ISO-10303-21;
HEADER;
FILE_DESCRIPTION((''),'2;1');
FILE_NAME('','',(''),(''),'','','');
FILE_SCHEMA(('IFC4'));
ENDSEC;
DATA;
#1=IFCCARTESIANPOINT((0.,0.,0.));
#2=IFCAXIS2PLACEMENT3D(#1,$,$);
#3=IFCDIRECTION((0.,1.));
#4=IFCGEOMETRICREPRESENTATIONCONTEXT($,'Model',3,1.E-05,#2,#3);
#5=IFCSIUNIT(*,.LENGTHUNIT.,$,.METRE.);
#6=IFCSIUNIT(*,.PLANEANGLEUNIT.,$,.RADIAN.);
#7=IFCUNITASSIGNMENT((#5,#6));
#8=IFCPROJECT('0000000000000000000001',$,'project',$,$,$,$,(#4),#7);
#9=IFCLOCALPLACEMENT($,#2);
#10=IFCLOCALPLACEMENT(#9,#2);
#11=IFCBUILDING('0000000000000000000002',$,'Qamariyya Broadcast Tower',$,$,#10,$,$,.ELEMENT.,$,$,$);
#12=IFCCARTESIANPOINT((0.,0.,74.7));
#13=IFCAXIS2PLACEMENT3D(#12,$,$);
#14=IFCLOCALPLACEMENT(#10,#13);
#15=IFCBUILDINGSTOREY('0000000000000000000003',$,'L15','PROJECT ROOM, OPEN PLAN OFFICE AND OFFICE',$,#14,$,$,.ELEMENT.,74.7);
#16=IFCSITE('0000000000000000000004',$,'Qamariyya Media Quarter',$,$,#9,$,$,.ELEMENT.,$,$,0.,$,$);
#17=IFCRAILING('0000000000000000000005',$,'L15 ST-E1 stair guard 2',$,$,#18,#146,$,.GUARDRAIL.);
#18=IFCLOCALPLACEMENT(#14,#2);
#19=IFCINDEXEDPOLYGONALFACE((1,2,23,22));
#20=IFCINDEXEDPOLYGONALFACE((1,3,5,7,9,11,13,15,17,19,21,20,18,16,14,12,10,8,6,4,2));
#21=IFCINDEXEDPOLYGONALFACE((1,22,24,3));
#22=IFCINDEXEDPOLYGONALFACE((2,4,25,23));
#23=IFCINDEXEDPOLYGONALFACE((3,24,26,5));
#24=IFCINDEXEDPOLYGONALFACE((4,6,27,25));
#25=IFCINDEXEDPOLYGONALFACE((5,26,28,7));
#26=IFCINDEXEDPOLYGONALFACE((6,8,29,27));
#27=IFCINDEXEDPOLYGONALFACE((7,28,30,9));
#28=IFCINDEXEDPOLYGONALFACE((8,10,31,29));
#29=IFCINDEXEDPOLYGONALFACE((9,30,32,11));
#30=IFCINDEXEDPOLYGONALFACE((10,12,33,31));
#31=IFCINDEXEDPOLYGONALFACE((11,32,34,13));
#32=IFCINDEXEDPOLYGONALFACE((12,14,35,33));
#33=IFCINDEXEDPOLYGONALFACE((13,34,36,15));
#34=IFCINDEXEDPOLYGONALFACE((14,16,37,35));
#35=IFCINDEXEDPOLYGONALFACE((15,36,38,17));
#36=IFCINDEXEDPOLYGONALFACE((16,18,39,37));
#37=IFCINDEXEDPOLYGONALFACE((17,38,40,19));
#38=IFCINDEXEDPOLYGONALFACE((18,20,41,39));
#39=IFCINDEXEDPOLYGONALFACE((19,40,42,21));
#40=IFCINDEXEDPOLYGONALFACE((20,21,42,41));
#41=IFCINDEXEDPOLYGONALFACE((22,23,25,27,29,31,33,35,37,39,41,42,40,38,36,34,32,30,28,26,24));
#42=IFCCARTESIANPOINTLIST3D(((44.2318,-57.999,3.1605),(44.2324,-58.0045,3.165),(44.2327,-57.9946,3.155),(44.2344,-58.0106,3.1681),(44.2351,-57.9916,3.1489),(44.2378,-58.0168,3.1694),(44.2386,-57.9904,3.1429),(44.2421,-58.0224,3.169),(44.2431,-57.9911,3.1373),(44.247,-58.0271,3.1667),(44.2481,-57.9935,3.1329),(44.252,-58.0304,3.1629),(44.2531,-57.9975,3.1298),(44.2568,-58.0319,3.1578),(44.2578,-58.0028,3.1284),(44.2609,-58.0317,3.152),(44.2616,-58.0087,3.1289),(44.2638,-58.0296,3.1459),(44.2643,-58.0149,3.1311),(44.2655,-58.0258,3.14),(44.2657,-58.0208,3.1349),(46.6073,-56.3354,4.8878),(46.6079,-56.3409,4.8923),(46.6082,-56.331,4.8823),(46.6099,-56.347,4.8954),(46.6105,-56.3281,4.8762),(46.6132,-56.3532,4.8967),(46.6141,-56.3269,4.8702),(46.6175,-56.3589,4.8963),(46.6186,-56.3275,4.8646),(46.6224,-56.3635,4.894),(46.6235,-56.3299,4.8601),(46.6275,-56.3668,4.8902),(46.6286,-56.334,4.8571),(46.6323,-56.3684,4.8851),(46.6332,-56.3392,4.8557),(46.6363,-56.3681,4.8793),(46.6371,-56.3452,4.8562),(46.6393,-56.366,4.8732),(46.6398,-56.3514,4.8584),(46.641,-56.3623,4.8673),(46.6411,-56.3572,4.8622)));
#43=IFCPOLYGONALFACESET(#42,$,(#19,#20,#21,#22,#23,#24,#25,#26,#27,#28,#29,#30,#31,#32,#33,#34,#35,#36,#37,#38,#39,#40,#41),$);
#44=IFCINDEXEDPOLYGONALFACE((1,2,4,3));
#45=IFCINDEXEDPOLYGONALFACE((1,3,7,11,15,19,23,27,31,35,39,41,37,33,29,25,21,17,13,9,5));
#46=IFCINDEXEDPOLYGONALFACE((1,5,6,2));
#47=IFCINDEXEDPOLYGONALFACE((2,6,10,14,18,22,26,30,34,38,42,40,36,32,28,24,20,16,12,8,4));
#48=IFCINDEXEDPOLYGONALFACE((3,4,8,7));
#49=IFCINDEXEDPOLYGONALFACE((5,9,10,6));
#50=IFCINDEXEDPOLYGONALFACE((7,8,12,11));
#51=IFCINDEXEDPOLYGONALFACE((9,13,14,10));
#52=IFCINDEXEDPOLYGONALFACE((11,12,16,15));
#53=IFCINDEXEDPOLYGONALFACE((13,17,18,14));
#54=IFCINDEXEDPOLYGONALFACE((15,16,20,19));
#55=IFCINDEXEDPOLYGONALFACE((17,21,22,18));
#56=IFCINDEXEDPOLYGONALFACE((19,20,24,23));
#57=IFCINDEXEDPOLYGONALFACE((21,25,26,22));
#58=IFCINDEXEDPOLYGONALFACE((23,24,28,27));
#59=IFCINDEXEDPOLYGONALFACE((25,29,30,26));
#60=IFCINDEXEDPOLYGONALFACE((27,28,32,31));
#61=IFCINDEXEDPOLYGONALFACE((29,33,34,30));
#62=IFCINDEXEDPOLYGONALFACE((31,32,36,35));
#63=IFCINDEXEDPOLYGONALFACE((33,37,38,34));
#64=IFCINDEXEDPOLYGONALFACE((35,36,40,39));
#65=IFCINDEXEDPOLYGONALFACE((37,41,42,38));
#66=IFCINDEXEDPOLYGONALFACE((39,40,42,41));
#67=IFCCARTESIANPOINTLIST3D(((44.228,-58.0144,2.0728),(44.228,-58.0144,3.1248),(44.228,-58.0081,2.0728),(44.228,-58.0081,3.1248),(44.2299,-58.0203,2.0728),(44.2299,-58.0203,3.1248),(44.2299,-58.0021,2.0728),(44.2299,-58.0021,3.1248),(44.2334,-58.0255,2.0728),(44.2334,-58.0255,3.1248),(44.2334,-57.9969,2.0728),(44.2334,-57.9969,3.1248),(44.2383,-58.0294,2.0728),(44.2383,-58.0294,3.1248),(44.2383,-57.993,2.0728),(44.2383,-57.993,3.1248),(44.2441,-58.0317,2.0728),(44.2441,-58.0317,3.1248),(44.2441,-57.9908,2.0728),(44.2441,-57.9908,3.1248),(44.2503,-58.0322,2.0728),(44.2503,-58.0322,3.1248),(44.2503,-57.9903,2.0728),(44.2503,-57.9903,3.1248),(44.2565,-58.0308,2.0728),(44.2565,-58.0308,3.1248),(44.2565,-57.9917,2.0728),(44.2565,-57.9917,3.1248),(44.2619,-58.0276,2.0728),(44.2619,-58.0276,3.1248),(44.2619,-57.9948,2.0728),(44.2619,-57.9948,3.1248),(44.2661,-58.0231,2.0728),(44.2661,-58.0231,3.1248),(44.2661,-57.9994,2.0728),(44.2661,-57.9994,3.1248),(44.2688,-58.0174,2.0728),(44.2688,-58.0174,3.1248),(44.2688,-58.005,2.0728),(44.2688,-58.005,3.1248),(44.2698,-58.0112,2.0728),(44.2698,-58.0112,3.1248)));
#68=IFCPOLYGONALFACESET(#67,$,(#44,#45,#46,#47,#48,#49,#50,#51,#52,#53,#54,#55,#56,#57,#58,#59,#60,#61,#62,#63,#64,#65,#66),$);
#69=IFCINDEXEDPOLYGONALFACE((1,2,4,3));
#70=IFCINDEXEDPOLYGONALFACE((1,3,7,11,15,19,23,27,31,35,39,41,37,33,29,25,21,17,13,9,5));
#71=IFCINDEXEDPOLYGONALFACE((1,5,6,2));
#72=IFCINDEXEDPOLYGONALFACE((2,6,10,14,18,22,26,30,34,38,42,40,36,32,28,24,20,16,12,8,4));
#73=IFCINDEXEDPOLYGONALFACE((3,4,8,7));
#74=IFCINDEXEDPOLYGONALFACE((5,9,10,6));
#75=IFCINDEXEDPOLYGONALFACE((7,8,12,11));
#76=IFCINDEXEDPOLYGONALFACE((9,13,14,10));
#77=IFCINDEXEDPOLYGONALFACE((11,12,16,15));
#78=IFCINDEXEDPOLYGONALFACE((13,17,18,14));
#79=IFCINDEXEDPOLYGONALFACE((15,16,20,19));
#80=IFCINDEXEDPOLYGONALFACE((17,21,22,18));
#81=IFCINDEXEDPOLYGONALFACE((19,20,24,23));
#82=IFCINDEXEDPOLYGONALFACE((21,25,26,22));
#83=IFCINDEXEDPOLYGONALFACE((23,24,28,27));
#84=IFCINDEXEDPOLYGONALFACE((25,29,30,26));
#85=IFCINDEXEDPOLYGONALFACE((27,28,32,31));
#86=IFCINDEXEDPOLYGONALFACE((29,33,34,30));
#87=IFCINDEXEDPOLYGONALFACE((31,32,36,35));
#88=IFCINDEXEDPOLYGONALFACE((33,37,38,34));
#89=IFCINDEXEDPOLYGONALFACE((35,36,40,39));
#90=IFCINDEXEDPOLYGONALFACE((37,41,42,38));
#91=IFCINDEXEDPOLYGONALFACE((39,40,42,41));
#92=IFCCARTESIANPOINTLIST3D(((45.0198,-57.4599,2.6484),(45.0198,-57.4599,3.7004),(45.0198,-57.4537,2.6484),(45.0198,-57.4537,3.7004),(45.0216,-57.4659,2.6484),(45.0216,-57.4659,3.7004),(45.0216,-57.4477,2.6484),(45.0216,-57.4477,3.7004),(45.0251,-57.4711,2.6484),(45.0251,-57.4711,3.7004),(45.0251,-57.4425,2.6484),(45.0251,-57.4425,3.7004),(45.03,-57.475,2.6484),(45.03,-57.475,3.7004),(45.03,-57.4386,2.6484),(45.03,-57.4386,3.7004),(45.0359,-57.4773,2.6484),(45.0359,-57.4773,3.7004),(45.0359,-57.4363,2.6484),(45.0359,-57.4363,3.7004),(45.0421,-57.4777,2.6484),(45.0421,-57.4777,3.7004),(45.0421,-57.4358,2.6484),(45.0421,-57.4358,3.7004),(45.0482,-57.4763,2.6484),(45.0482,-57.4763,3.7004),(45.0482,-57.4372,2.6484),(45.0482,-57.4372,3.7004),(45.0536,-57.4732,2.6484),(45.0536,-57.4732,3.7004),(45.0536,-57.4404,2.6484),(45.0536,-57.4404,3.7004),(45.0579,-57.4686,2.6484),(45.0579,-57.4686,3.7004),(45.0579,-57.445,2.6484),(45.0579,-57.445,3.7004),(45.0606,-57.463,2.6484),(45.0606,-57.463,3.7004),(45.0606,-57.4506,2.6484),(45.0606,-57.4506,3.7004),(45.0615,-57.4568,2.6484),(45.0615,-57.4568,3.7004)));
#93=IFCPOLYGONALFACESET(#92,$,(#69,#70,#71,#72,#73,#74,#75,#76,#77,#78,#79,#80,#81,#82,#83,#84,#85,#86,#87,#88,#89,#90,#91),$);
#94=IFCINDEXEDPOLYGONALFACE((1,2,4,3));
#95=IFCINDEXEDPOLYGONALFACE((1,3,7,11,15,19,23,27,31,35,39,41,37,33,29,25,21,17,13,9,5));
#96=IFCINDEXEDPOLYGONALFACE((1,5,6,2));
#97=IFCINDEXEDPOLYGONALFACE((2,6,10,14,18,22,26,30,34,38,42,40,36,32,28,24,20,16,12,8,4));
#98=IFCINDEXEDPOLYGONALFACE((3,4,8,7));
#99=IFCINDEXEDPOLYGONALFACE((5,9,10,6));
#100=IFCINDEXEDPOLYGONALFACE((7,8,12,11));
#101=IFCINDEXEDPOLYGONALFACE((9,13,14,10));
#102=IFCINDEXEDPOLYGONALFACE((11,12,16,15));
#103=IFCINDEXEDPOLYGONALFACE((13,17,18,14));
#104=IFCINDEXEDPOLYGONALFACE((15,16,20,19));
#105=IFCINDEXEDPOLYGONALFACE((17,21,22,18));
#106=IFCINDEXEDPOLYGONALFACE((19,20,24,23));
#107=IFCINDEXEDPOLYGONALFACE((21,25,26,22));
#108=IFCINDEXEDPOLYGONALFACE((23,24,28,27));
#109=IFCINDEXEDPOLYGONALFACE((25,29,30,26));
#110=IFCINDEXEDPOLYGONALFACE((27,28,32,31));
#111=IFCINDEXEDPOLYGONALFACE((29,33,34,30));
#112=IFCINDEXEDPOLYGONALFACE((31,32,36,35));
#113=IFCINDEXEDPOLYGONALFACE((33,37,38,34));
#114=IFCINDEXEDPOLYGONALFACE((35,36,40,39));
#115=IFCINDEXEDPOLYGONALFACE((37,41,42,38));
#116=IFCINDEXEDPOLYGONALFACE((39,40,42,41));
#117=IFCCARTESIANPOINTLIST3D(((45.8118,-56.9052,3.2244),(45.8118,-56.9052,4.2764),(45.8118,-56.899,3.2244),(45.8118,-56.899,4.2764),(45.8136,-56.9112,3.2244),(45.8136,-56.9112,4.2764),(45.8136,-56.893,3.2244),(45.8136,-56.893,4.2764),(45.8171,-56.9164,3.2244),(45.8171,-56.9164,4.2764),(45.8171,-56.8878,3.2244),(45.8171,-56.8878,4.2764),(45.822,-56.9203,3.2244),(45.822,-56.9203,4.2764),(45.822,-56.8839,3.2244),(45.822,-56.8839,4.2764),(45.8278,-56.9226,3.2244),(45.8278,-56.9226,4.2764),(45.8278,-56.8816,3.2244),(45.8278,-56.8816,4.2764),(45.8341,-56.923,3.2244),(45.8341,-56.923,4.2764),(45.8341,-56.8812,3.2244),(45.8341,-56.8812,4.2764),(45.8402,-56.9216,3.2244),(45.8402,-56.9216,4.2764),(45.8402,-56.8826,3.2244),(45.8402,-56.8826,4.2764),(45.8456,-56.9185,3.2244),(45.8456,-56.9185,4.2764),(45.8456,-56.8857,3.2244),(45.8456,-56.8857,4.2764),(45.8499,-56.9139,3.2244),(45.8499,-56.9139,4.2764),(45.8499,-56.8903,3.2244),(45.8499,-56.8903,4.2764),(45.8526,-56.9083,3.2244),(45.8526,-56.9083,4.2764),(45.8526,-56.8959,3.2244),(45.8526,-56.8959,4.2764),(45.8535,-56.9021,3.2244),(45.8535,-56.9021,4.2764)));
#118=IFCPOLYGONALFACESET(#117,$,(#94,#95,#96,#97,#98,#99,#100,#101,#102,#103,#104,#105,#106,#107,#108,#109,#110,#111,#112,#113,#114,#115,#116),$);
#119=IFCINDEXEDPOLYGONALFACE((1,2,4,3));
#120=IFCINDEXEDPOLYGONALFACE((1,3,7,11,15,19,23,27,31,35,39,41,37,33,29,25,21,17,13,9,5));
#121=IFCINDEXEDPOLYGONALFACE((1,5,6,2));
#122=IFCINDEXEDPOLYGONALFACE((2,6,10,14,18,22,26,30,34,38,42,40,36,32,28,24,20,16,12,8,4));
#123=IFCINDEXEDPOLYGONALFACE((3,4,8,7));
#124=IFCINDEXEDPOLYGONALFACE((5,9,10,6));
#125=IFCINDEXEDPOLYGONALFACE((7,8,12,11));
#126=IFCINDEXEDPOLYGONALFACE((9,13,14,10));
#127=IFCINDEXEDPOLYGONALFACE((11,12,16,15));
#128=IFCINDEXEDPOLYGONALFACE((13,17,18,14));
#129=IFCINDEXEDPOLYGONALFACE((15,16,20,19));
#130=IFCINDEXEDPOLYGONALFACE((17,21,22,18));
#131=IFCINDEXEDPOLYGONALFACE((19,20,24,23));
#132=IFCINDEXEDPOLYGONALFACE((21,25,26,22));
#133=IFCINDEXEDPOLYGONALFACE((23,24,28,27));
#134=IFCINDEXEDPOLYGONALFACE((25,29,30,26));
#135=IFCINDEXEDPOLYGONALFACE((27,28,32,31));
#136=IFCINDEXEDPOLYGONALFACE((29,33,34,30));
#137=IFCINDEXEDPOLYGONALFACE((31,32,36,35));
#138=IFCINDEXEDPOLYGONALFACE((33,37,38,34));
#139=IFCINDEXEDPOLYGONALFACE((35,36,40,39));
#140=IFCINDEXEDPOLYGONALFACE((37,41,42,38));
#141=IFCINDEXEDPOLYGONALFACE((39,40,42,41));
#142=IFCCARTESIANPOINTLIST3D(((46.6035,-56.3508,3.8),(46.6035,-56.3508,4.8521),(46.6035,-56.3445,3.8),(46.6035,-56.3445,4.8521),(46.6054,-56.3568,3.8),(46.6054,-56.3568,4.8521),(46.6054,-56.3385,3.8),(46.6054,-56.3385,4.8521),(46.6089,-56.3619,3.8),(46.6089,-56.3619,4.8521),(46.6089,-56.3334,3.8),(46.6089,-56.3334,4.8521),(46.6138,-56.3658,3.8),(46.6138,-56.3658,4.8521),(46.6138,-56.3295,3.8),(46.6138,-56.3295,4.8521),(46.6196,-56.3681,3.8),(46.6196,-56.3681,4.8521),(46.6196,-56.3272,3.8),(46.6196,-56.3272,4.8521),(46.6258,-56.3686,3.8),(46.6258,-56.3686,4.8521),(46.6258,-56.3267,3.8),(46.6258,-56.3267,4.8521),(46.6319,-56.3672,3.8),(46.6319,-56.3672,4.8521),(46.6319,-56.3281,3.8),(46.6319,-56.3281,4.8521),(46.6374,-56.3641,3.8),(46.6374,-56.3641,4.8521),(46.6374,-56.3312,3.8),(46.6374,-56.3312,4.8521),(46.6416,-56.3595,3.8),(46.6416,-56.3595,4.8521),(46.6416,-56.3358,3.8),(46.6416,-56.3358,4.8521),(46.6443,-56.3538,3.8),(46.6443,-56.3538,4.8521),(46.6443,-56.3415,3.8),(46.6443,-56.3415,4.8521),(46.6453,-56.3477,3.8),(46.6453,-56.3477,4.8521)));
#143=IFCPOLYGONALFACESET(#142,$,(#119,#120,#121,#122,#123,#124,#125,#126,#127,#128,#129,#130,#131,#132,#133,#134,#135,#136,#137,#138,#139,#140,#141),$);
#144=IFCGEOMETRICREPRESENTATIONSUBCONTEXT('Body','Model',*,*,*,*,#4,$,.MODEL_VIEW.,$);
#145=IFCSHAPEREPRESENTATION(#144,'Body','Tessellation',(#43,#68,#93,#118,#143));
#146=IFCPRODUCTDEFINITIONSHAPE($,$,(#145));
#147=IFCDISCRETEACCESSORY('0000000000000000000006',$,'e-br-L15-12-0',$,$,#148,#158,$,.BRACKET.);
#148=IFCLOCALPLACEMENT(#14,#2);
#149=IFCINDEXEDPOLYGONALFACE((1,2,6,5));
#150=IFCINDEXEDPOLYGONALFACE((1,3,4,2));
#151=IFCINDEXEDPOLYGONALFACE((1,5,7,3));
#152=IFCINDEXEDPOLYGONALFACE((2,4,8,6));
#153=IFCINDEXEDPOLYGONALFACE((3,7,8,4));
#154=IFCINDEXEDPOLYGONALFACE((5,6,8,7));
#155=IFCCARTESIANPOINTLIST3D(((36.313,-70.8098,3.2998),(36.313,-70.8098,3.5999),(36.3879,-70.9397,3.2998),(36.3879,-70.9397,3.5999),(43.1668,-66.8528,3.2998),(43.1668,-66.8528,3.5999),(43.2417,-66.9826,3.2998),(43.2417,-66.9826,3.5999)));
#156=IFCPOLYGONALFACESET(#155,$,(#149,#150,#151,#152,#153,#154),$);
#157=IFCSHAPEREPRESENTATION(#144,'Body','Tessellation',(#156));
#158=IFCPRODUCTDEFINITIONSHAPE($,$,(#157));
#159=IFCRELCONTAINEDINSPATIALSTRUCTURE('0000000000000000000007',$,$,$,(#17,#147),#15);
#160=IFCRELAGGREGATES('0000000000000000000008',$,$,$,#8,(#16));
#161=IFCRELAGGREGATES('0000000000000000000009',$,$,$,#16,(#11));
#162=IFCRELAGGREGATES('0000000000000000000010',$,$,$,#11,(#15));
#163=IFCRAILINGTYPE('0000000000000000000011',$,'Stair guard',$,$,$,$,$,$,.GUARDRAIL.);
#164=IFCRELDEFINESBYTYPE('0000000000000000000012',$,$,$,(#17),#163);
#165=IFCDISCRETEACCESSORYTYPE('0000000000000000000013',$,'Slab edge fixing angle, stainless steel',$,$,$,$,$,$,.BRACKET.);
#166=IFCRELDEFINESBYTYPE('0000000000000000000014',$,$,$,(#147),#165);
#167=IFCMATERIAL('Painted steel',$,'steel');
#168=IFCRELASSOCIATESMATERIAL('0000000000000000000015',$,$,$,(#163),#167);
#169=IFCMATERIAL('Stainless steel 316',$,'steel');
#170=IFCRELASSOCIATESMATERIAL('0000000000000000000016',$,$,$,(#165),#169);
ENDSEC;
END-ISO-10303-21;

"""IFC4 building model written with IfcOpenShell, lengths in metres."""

from ifc_helpers import new_model, si_unit, direction, frame, origin, origin_2d, place, context, subcontext, project, spatial, rectangle, circle, extrude, material, type_object, element, save


model = new_model("IFC4")

# Units and contexts
model_context = context("Model", 3, precision=1e-05, world=origin(), true_north=direction((0.0, 1.0)))
body_context = subcontext(model_context, "Body", "Model", "MODEL_VIEW")
ifc_project = project(units=[si_unit("LENGTHUNIT", "METRE"), si_unit("PLANEANGLEUNIT", "RADIAN")], contexts=[model_context])

# Site, building, storey
site_placement = place(None, origin())
site = spatial("IfcSite", under=ifc_project, at=site_placement, Name="Qamariyya Media Quarter", CompositionType="ELEMENT", RefElevation=0.0)
building_placement = place(site_placement, origin())
building = spatial("IfcBuilding", under=site, at=building_placement, Name="Qamariyya Broadcast Tower", CompositionType="ELEMENT")
storey_placement = place(building_placement, frame((0.0, 0.0, 74.7)))
storey = spatial("IfcBuildingStorey", under=building, at=storey_placement, Name="L15", Description="PROJECT ROOM, OPEN PLAN OFFICE AND OFFICE", CompositionType="ELEMENT", Elevation=74.7)

# Railing
ifc_material_1 = material(Name="Painted steel", Category="steel")
railing_type = type_object("IfcRailingType", Name="Stair guard", PredefinedType="GUARDRAIL", material=ifc_material_1)
railing_placement = place(storey_placement, frame((44.2488, -58.0112, 2.0728)))
element("IfcRailing", 1, at=railing_placement, inside=storey, type_object=railing_type, Name="L15 ST-E1 stair guard 2", PredefinedType="GUARDRAIL", context=body_context, shape_type="SweptSolid", body=[
    extrude(circle(Radius=0.0239, at=origin_2d()), frame((0.0, 0.0, 1.0762), z_axis=(0.703745, 0.492838, 0.511716), x_axis=(-0.573632, 0.819113, 0.0)), (0.0, 0.0, 1.0), 3.3755),
    extrude(circle(Radius=0.021, at=origin_2d()), origin(), (0.0, 0.0, 1.0), 1.052),
    extrude(circle(Radius=0.021, at=origin_2d()), frame((0.7917, 0.5544, 0.5757)), (0.0, 0.0, 1.0), 1.052),
    extrude(circle(Radius=0.021, at=origin_2d()), frame((1.5837, 1.1091, 1.1516)), (0.0, 0.0, 1.0), 1.052),
    extrude(circle(Radius=0.021, at=origin_2d()), frame((2.3755, 1.6636, 1.7273)), (0.0, 0.0, 1.0), 1.052),
])

# Discrete accessory
ifc_material_2 = material(Name="Stainless steel 316", Category="steel")
discrete_accessory_type = type_object("IfcDiscreteAccessoryType", Name="Slab edge fixing angle, stainless steel", PredefinedType="BRACKET", material=ifc_material_2)
discrete_accessory_placement = place(storey_placement, frame((39.7773, -68.8962, 3.2998), z_axis=(0.0, 0.0, 1.0), x_axis=(0.866025, 0.5, 0.0)))
element("IfcDiscreteAccessory", 2, at=discrete_accessory_placement, inside=storey, type_object=discrete_accessory_type, Name="e-br-L15-12-0", PredefinedType="BRACKET", context=body_context, shape_type="SweptSolid", body=[
    extrude(rectangle(XDim=7.9141, YDim=0.1499, at=origin_2d()), origin(), (0.0, 0.0, 1.0), 0.3),
])

save(model, "model.ifc")
